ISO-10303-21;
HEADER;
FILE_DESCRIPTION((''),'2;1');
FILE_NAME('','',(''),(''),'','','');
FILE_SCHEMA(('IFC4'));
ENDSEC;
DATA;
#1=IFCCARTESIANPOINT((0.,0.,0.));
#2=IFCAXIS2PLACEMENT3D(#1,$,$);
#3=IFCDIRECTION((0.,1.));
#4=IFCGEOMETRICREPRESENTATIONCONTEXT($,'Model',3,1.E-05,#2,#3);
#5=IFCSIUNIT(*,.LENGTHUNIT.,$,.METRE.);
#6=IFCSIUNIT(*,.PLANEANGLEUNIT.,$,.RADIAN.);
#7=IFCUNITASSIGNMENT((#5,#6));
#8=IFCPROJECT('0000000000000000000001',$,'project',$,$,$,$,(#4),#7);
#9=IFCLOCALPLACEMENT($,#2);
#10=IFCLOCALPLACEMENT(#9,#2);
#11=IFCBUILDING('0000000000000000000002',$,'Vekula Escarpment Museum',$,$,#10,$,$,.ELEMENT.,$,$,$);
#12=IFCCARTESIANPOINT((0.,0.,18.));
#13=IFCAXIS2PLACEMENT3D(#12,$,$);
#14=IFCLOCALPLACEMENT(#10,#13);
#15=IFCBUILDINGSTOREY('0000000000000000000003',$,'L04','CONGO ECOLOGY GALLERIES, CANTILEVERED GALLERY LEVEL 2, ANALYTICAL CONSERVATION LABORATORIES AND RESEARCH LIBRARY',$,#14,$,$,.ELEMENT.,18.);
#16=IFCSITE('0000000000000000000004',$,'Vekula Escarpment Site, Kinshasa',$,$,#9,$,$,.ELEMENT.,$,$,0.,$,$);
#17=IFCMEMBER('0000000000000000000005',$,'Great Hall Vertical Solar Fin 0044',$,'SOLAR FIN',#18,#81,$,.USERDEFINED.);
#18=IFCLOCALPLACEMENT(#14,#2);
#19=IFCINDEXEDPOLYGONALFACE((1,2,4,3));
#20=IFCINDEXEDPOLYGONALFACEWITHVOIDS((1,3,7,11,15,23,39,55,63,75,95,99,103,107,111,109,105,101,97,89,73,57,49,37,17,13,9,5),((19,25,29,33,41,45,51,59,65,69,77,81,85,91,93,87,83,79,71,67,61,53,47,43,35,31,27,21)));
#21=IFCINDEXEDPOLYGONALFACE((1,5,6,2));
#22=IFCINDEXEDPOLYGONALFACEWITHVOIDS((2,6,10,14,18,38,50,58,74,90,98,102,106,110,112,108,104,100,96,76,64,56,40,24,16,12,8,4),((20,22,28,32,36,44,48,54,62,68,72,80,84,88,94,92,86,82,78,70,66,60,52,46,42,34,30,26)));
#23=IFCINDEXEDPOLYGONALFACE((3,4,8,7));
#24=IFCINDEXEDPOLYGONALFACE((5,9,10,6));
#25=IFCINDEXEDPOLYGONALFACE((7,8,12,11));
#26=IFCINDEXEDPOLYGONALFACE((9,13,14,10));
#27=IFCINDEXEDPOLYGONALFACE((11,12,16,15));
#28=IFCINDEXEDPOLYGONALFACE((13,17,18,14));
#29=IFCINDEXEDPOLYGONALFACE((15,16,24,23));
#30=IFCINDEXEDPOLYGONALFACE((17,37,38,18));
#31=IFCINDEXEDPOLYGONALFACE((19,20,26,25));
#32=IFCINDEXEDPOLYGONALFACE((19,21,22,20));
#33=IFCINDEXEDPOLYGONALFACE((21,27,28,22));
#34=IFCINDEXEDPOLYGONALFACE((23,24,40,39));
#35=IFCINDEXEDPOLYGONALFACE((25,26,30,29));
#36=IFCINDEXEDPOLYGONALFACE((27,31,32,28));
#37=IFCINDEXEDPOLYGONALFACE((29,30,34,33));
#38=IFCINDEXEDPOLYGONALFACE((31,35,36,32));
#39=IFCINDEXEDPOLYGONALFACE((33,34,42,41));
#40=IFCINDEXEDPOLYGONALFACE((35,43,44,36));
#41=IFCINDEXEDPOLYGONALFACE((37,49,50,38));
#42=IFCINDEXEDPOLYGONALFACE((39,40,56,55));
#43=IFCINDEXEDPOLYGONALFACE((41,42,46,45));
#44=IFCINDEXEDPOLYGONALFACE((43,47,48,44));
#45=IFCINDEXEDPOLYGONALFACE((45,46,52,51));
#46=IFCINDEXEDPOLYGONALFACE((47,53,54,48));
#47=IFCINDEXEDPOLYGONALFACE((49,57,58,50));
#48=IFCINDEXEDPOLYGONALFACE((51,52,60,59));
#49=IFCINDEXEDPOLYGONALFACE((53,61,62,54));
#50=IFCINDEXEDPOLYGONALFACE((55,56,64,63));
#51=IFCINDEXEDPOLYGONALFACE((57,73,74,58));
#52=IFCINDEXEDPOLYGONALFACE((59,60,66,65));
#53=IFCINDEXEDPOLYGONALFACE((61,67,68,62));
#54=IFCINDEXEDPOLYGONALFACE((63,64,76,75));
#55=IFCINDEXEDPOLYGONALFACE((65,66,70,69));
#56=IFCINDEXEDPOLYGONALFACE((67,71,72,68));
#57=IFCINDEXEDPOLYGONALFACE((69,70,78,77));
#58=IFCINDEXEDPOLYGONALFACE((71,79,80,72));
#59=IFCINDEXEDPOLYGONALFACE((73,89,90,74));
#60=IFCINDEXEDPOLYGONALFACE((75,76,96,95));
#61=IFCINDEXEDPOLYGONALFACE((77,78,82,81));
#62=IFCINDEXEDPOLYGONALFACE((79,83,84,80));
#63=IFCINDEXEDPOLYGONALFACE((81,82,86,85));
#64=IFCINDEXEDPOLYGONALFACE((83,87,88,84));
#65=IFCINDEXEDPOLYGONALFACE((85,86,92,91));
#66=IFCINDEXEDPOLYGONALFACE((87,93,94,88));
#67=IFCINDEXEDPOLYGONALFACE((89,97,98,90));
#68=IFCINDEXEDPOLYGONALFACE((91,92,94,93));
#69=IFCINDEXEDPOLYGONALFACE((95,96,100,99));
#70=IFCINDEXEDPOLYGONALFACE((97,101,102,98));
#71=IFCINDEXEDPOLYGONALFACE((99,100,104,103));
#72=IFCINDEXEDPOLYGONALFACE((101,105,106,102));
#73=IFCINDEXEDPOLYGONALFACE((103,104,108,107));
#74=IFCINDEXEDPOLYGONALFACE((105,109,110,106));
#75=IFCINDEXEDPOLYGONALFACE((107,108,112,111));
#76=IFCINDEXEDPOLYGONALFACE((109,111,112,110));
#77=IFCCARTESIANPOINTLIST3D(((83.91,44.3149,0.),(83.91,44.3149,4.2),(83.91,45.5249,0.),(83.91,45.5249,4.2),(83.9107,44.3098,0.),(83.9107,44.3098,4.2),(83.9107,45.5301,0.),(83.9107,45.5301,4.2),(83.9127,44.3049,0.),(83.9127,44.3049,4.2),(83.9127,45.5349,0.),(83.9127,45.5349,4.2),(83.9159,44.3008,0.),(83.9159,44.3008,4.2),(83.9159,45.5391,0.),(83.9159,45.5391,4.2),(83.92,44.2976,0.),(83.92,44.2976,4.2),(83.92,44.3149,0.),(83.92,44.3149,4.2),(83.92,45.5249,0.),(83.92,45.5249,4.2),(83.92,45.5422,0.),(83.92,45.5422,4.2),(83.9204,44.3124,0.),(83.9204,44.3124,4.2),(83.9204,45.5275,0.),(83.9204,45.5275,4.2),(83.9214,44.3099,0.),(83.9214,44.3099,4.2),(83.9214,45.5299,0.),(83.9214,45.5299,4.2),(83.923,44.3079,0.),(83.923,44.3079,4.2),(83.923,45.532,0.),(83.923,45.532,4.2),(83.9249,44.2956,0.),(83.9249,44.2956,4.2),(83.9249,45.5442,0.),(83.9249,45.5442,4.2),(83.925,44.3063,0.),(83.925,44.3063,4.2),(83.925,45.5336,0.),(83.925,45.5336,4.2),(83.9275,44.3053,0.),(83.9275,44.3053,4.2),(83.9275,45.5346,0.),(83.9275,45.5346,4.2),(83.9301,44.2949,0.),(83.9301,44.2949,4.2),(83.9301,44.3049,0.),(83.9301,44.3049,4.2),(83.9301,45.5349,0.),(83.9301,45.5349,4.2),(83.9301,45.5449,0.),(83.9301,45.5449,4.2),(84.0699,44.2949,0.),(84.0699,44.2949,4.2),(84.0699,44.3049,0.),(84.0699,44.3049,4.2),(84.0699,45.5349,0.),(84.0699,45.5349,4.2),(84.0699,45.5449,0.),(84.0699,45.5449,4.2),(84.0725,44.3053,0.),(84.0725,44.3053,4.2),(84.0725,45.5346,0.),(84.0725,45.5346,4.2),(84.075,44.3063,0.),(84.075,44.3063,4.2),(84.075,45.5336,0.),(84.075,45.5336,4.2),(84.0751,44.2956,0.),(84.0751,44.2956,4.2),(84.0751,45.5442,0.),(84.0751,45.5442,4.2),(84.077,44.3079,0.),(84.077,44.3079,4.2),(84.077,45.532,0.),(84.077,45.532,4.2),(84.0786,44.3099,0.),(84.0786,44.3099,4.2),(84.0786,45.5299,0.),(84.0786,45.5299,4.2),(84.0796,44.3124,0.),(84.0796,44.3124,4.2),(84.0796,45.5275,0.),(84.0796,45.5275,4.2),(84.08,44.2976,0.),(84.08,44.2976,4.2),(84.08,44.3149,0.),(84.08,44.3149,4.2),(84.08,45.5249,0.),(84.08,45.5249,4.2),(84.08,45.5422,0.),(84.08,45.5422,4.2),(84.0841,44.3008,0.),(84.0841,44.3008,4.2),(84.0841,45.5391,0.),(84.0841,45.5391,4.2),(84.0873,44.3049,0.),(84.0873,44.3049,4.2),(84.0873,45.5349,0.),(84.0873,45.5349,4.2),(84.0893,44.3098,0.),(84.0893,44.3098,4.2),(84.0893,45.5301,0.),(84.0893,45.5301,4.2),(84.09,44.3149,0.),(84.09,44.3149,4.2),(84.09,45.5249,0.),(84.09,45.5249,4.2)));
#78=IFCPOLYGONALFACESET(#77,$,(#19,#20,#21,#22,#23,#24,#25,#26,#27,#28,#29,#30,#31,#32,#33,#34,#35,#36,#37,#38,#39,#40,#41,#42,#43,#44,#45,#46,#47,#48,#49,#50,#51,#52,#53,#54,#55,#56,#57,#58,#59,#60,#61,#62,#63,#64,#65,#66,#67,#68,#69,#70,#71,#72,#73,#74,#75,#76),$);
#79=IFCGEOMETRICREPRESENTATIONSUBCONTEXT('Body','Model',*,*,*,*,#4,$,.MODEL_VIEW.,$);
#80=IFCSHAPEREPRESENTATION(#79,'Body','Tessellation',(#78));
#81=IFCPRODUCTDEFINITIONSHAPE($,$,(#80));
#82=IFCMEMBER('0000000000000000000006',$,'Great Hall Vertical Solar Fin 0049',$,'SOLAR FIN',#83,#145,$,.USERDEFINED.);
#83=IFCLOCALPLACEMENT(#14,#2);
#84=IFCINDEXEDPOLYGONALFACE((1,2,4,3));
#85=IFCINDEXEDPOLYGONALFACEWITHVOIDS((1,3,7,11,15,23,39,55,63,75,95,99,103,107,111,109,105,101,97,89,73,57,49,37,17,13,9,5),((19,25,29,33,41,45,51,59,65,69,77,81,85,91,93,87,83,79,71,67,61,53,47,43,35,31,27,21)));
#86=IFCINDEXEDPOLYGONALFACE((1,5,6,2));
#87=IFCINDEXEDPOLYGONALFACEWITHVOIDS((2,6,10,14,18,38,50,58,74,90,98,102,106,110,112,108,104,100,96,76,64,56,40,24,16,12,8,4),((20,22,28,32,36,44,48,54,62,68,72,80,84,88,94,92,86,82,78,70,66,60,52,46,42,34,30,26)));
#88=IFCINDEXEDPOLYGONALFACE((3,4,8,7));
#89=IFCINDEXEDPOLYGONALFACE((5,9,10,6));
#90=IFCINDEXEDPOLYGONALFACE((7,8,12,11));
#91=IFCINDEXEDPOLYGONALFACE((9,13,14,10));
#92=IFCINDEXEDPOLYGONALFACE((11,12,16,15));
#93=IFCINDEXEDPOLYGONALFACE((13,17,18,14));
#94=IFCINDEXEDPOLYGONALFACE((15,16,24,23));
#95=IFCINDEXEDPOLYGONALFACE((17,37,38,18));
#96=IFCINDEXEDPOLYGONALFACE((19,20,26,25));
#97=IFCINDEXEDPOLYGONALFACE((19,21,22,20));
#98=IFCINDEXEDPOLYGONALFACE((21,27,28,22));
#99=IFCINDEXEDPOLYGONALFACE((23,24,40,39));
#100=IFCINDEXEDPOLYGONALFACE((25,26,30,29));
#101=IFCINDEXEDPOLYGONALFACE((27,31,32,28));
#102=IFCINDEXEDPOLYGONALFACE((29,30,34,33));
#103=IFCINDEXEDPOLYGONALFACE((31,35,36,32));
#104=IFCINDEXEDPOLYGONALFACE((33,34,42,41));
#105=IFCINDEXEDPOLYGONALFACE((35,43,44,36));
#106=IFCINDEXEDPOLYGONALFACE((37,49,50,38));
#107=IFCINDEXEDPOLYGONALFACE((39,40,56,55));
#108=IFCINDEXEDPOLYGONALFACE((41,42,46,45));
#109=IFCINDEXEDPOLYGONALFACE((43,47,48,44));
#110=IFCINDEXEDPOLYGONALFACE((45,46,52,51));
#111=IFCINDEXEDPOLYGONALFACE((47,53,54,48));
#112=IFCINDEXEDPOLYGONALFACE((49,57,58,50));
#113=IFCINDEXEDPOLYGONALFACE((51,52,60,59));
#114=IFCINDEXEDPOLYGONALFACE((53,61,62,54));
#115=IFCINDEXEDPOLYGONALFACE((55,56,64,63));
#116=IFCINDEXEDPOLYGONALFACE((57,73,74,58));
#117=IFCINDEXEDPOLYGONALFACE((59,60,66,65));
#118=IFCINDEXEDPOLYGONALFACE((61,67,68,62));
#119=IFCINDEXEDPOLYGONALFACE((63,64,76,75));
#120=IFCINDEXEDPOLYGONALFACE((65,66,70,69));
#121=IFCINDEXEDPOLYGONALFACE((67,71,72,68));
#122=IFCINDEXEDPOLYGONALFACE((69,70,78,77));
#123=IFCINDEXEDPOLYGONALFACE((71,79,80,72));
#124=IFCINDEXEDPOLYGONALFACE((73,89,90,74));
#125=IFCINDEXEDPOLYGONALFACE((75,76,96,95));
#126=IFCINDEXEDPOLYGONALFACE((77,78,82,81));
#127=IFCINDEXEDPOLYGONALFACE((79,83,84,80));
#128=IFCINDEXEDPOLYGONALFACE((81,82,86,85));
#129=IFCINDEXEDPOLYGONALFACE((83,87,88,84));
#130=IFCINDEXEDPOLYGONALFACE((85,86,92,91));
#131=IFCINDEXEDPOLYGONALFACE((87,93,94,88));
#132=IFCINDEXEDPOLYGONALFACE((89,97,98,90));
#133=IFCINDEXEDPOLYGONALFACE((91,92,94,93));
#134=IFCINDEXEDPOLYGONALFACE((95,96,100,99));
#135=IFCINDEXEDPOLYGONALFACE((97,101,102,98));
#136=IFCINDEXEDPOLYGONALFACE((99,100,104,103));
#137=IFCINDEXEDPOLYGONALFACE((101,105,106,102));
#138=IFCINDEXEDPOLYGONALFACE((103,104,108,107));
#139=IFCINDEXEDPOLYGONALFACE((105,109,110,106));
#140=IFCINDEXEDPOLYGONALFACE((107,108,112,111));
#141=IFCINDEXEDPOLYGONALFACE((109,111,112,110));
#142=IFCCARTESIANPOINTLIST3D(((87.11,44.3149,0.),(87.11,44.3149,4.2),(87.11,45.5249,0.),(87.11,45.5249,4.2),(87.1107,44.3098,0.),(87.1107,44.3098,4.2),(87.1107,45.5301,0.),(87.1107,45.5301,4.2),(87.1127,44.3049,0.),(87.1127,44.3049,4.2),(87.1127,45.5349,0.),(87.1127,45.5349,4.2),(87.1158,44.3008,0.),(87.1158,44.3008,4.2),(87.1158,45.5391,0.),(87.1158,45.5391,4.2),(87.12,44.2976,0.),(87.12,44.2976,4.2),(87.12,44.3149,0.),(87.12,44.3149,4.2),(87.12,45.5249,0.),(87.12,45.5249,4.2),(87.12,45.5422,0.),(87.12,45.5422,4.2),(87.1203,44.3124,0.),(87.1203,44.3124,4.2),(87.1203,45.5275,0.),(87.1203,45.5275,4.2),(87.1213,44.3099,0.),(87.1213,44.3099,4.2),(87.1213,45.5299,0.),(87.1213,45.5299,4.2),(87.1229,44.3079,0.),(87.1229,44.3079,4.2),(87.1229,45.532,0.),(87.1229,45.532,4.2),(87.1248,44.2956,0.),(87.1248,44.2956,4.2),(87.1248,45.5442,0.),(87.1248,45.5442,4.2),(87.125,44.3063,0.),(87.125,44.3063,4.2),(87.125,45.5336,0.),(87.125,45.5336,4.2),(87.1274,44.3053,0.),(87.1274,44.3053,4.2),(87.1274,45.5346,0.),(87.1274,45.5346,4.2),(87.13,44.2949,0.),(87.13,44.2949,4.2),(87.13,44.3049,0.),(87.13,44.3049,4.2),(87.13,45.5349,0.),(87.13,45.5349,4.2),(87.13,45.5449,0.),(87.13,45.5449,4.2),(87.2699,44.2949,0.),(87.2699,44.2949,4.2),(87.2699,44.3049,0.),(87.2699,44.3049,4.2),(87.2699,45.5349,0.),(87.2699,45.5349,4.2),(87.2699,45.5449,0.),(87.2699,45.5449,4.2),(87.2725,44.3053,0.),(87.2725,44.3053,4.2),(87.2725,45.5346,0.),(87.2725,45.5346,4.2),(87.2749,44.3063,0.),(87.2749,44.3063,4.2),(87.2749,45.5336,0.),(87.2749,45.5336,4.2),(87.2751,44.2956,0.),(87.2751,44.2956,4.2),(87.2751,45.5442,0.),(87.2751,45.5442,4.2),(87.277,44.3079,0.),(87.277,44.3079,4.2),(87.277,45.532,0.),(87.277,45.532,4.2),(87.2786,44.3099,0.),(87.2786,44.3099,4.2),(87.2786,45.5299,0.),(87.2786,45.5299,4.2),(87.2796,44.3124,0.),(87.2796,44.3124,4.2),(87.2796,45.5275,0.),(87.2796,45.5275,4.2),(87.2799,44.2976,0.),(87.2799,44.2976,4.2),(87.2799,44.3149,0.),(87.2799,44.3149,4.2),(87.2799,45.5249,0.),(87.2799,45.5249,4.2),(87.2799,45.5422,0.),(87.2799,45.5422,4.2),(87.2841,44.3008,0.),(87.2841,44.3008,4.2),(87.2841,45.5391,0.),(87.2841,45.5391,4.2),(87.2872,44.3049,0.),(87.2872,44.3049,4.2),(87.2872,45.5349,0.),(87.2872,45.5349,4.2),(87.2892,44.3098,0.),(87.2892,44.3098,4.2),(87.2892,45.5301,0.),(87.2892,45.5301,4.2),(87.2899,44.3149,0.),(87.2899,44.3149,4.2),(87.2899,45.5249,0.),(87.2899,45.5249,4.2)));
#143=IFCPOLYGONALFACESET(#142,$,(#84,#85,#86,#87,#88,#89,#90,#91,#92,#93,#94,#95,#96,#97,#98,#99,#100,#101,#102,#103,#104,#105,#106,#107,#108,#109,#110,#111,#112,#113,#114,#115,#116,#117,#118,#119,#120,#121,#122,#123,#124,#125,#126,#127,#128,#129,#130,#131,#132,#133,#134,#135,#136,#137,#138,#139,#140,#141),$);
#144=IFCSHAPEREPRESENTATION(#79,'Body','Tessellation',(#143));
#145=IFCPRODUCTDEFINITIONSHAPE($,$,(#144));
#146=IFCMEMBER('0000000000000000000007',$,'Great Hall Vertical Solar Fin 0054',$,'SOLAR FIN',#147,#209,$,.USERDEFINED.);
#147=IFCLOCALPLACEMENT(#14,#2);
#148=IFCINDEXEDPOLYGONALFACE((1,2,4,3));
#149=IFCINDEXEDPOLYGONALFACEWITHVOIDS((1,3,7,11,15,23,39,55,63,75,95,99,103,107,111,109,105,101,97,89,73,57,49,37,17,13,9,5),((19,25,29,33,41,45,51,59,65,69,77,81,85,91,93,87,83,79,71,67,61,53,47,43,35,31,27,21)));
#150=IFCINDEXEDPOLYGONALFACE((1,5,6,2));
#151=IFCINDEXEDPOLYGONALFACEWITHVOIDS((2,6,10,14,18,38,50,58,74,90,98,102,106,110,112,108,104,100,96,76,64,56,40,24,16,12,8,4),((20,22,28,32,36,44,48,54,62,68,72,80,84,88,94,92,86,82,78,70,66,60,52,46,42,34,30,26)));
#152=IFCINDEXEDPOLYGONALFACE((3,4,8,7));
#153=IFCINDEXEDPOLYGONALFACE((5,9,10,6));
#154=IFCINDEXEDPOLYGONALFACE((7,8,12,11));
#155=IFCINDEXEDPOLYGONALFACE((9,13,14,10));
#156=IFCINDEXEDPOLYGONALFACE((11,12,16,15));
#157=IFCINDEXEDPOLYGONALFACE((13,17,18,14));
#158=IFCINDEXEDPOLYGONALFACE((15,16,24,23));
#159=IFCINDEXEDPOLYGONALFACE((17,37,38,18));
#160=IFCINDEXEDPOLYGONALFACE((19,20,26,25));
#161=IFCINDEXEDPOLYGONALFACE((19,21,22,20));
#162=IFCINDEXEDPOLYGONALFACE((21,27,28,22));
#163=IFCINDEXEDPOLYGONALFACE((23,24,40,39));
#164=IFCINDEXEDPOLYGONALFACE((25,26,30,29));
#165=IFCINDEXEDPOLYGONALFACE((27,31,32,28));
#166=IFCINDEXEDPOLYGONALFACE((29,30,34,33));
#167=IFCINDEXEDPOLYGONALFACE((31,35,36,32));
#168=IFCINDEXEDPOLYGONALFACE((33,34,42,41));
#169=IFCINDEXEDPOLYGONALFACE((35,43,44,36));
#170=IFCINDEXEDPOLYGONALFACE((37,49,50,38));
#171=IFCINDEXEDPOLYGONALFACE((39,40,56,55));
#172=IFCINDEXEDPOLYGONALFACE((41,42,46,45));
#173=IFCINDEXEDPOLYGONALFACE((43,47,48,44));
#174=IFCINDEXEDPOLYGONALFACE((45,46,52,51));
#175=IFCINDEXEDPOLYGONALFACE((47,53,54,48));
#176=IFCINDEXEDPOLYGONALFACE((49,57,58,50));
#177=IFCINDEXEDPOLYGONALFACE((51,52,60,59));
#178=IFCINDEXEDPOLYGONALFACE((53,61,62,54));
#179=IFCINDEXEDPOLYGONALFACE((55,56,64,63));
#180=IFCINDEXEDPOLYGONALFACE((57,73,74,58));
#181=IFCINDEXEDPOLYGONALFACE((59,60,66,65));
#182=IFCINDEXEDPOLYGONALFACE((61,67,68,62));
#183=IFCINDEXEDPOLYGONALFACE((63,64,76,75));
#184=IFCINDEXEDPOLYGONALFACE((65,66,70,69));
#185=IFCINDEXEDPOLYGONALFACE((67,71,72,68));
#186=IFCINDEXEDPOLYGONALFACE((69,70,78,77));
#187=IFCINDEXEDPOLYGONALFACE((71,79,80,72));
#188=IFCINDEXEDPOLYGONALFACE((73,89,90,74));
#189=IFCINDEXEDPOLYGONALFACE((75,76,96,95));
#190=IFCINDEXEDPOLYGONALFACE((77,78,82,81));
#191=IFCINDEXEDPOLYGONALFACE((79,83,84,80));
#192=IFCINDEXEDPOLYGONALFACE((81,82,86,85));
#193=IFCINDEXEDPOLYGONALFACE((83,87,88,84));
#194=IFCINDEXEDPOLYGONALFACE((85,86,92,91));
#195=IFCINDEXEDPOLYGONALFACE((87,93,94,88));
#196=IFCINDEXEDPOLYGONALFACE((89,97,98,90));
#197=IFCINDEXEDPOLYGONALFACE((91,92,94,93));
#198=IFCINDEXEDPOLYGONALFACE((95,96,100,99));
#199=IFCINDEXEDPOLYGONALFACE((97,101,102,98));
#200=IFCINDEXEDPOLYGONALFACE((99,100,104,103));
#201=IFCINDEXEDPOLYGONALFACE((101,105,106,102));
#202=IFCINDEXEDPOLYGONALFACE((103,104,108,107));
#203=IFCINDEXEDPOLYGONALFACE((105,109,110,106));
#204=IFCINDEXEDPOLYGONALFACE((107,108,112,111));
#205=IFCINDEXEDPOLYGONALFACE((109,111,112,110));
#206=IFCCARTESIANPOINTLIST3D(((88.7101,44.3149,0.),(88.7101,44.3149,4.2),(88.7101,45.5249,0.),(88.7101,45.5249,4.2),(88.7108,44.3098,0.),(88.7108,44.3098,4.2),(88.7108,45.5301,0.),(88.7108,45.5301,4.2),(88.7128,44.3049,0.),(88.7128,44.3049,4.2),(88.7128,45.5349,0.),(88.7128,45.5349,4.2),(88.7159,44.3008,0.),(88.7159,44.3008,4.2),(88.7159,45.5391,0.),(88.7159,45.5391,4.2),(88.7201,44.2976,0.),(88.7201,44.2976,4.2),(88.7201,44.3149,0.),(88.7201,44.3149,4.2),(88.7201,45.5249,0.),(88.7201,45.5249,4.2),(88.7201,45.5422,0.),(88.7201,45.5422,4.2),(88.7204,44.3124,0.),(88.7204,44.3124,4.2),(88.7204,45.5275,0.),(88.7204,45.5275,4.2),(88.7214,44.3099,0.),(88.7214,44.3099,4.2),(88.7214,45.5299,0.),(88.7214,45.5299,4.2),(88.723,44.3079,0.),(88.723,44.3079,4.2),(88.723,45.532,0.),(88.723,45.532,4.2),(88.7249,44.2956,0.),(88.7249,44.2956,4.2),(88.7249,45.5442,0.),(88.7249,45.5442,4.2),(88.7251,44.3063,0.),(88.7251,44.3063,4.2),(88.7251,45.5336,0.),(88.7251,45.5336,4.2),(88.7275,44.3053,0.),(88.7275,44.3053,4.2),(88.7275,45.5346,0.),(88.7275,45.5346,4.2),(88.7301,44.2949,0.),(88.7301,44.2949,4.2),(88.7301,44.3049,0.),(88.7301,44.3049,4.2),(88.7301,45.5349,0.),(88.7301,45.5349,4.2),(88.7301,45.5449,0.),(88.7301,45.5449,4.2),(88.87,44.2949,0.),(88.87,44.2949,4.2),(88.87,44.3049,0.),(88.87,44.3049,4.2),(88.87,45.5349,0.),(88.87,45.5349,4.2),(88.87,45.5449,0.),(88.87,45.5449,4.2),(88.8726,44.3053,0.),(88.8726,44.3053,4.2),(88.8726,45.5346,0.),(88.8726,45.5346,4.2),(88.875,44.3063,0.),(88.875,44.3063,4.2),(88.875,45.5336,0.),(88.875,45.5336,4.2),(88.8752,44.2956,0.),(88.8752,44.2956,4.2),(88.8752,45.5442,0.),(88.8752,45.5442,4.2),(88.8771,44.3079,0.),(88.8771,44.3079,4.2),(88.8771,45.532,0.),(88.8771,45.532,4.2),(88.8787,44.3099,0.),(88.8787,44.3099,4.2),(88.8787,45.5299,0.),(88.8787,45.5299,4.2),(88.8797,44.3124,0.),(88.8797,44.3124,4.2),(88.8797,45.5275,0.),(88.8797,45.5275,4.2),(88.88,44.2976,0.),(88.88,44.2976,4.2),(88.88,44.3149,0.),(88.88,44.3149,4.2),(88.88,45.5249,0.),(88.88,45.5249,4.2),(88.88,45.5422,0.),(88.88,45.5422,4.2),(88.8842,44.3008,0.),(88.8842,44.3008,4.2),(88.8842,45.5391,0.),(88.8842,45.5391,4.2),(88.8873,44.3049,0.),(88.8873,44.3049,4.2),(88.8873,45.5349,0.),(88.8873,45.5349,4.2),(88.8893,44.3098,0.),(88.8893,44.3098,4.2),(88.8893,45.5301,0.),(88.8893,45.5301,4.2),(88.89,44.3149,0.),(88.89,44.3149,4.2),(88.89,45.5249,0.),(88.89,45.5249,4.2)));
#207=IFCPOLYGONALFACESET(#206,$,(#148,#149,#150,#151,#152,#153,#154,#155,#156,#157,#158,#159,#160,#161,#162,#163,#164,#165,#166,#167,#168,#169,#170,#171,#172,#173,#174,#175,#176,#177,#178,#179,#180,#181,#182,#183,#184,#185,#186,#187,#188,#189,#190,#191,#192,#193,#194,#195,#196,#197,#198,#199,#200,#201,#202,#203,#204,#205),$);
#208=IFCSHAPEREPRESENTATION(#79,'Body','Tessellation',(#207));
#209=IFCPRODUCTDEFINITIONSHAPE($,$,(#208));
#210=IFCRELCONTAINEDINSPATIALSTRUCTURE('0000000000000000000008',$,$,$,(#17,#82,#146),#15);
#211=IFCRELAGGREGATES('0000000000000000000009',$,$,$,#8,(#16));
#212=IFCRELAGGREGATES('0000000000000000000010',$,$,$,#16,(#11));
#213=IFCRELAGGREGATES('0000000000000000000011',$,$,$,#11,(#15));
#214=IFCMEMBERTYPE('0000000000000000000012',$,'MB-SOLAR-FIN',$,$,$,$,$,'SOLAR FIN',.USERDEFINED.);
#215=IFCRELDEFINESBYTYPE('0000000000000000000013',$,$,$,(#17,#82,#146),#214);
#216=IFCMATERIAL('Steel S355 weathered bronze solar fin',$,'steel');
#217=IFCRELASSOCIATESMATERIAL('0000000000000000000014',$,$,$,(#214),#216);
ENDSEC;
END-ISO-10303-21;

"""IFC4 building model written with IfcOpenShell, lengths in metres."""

from ifc_helpers import new_model, si_unit, direction, frame, origin, origin_2d, place, context, subcontext, project, spatial, hollow_rectangle, extrude, material, material_profile, profile_set, type_object, element, save


model = new_model("IFC4")

# Units and contexts
model_context = context("Model", 3, precision=1e-05, world=origin(), true_north=direction((0.0, 1.0)))
body_context = subcontext(model_context, "Body", "Model", "MODEL_VIEW")
ifc_project = project(units=[si_unit("LENGTHUNIT", "METRE"), si_unit("PLANEANGLEUNIT", "RADIAN")], contexts=[model_context])

# Site, building, storey
site_placement = place(None, origin())
site = spatial("IfcSite", under=ifc_project, at=site_placement, Name="Vekula Escarpment Site, Kinshasa", CompositionType="ELEMENT", RefElevation=0.0)
building_placement = place(site_placement, origin())
building = spatial("IfcBuilding", under=site, at=building_placement, Name="Vekula Escarpment Museum", CompositionType="ELEMENT")
storey_placement = place(building_placement, frame((0.0, 0.0, 18.0)))
storey = spatial("IfcBuildingStorey", under=building, at=storey_placement, Name="L04", Description="CONGO ECOLOGY GALLERIES, CANTILEVERED GALLERY LEVEL 2, ANALYTICAL CONSERVATION LABORATORIES AND RESEARCH LIBRARY", CompositionType="ELEMENT", Elevation=18.0)

# Members
ifc_material_1 = material(Name="Steel S355 weathered bronze solar fin", Category="steel")
ifc_material_profile_1 = material_profile(ifc_material_1, hollow_rectangle(XDim=0.1799, YDim=1.25, WallThickness=0.01, InnerFilletRadius=0.01, OuterFilletRadius=0.02, at=origin_2d()), Name="RHS 1250x180x10")
ifc_profile_set_1 = profile_set([ifc_material_profile_1], Name="Steel S355 weathered bronze solar fin")
member_type_1 = type_object("IfcMemberType", Name="MB-SOLAR-FIN", ElementType="SOLAR FIN", PredefinedType="USERDEFINED", material=ifc_profile_set_1)
for number, where, z_axis, x_axis, name in (
    (1, (84.0, 44.9199, 0.0), (0.0, 0.0, 1.0), (1.0, 0.0, 0.0), "Great Hall Vertical Solar Fin 0044"),
    (2, (87.2, 44.9199, 0.0), (0.0, 0.0, 1.0), (1.0, 0.0, 0.0), "Great Hall Vertical Solar Fin 0049"),
    (3, (88.8, 44.9199, 0.0), (0.0, 0.0, 1.0), (1.0, 0.0, 0.0), "Great Hall Vertical Solar Fin 0054"),
):
    element("IfcMember", number, at=place(storey_placement, frame(where, z_axis=z_axis, x_axis=x_axis)), inside=storey, type_object=member_type_1, Name=name, ObjectType="SOLAR FIN", PredefinedType="USERDEFINED", context=body_context, shape_type="SweptSolid", body=[
        extrude(hollow_rectangle(XDim=0.1799, YDim=1.25, WallThickness=0.01, InnerFilletRadius=0.01, OuterFilletRadius=0.02, at=origin_2d()), origin(), (0.0, 0.0, 1.0), 4.2),
    ])

save(model, "model.ifc")
